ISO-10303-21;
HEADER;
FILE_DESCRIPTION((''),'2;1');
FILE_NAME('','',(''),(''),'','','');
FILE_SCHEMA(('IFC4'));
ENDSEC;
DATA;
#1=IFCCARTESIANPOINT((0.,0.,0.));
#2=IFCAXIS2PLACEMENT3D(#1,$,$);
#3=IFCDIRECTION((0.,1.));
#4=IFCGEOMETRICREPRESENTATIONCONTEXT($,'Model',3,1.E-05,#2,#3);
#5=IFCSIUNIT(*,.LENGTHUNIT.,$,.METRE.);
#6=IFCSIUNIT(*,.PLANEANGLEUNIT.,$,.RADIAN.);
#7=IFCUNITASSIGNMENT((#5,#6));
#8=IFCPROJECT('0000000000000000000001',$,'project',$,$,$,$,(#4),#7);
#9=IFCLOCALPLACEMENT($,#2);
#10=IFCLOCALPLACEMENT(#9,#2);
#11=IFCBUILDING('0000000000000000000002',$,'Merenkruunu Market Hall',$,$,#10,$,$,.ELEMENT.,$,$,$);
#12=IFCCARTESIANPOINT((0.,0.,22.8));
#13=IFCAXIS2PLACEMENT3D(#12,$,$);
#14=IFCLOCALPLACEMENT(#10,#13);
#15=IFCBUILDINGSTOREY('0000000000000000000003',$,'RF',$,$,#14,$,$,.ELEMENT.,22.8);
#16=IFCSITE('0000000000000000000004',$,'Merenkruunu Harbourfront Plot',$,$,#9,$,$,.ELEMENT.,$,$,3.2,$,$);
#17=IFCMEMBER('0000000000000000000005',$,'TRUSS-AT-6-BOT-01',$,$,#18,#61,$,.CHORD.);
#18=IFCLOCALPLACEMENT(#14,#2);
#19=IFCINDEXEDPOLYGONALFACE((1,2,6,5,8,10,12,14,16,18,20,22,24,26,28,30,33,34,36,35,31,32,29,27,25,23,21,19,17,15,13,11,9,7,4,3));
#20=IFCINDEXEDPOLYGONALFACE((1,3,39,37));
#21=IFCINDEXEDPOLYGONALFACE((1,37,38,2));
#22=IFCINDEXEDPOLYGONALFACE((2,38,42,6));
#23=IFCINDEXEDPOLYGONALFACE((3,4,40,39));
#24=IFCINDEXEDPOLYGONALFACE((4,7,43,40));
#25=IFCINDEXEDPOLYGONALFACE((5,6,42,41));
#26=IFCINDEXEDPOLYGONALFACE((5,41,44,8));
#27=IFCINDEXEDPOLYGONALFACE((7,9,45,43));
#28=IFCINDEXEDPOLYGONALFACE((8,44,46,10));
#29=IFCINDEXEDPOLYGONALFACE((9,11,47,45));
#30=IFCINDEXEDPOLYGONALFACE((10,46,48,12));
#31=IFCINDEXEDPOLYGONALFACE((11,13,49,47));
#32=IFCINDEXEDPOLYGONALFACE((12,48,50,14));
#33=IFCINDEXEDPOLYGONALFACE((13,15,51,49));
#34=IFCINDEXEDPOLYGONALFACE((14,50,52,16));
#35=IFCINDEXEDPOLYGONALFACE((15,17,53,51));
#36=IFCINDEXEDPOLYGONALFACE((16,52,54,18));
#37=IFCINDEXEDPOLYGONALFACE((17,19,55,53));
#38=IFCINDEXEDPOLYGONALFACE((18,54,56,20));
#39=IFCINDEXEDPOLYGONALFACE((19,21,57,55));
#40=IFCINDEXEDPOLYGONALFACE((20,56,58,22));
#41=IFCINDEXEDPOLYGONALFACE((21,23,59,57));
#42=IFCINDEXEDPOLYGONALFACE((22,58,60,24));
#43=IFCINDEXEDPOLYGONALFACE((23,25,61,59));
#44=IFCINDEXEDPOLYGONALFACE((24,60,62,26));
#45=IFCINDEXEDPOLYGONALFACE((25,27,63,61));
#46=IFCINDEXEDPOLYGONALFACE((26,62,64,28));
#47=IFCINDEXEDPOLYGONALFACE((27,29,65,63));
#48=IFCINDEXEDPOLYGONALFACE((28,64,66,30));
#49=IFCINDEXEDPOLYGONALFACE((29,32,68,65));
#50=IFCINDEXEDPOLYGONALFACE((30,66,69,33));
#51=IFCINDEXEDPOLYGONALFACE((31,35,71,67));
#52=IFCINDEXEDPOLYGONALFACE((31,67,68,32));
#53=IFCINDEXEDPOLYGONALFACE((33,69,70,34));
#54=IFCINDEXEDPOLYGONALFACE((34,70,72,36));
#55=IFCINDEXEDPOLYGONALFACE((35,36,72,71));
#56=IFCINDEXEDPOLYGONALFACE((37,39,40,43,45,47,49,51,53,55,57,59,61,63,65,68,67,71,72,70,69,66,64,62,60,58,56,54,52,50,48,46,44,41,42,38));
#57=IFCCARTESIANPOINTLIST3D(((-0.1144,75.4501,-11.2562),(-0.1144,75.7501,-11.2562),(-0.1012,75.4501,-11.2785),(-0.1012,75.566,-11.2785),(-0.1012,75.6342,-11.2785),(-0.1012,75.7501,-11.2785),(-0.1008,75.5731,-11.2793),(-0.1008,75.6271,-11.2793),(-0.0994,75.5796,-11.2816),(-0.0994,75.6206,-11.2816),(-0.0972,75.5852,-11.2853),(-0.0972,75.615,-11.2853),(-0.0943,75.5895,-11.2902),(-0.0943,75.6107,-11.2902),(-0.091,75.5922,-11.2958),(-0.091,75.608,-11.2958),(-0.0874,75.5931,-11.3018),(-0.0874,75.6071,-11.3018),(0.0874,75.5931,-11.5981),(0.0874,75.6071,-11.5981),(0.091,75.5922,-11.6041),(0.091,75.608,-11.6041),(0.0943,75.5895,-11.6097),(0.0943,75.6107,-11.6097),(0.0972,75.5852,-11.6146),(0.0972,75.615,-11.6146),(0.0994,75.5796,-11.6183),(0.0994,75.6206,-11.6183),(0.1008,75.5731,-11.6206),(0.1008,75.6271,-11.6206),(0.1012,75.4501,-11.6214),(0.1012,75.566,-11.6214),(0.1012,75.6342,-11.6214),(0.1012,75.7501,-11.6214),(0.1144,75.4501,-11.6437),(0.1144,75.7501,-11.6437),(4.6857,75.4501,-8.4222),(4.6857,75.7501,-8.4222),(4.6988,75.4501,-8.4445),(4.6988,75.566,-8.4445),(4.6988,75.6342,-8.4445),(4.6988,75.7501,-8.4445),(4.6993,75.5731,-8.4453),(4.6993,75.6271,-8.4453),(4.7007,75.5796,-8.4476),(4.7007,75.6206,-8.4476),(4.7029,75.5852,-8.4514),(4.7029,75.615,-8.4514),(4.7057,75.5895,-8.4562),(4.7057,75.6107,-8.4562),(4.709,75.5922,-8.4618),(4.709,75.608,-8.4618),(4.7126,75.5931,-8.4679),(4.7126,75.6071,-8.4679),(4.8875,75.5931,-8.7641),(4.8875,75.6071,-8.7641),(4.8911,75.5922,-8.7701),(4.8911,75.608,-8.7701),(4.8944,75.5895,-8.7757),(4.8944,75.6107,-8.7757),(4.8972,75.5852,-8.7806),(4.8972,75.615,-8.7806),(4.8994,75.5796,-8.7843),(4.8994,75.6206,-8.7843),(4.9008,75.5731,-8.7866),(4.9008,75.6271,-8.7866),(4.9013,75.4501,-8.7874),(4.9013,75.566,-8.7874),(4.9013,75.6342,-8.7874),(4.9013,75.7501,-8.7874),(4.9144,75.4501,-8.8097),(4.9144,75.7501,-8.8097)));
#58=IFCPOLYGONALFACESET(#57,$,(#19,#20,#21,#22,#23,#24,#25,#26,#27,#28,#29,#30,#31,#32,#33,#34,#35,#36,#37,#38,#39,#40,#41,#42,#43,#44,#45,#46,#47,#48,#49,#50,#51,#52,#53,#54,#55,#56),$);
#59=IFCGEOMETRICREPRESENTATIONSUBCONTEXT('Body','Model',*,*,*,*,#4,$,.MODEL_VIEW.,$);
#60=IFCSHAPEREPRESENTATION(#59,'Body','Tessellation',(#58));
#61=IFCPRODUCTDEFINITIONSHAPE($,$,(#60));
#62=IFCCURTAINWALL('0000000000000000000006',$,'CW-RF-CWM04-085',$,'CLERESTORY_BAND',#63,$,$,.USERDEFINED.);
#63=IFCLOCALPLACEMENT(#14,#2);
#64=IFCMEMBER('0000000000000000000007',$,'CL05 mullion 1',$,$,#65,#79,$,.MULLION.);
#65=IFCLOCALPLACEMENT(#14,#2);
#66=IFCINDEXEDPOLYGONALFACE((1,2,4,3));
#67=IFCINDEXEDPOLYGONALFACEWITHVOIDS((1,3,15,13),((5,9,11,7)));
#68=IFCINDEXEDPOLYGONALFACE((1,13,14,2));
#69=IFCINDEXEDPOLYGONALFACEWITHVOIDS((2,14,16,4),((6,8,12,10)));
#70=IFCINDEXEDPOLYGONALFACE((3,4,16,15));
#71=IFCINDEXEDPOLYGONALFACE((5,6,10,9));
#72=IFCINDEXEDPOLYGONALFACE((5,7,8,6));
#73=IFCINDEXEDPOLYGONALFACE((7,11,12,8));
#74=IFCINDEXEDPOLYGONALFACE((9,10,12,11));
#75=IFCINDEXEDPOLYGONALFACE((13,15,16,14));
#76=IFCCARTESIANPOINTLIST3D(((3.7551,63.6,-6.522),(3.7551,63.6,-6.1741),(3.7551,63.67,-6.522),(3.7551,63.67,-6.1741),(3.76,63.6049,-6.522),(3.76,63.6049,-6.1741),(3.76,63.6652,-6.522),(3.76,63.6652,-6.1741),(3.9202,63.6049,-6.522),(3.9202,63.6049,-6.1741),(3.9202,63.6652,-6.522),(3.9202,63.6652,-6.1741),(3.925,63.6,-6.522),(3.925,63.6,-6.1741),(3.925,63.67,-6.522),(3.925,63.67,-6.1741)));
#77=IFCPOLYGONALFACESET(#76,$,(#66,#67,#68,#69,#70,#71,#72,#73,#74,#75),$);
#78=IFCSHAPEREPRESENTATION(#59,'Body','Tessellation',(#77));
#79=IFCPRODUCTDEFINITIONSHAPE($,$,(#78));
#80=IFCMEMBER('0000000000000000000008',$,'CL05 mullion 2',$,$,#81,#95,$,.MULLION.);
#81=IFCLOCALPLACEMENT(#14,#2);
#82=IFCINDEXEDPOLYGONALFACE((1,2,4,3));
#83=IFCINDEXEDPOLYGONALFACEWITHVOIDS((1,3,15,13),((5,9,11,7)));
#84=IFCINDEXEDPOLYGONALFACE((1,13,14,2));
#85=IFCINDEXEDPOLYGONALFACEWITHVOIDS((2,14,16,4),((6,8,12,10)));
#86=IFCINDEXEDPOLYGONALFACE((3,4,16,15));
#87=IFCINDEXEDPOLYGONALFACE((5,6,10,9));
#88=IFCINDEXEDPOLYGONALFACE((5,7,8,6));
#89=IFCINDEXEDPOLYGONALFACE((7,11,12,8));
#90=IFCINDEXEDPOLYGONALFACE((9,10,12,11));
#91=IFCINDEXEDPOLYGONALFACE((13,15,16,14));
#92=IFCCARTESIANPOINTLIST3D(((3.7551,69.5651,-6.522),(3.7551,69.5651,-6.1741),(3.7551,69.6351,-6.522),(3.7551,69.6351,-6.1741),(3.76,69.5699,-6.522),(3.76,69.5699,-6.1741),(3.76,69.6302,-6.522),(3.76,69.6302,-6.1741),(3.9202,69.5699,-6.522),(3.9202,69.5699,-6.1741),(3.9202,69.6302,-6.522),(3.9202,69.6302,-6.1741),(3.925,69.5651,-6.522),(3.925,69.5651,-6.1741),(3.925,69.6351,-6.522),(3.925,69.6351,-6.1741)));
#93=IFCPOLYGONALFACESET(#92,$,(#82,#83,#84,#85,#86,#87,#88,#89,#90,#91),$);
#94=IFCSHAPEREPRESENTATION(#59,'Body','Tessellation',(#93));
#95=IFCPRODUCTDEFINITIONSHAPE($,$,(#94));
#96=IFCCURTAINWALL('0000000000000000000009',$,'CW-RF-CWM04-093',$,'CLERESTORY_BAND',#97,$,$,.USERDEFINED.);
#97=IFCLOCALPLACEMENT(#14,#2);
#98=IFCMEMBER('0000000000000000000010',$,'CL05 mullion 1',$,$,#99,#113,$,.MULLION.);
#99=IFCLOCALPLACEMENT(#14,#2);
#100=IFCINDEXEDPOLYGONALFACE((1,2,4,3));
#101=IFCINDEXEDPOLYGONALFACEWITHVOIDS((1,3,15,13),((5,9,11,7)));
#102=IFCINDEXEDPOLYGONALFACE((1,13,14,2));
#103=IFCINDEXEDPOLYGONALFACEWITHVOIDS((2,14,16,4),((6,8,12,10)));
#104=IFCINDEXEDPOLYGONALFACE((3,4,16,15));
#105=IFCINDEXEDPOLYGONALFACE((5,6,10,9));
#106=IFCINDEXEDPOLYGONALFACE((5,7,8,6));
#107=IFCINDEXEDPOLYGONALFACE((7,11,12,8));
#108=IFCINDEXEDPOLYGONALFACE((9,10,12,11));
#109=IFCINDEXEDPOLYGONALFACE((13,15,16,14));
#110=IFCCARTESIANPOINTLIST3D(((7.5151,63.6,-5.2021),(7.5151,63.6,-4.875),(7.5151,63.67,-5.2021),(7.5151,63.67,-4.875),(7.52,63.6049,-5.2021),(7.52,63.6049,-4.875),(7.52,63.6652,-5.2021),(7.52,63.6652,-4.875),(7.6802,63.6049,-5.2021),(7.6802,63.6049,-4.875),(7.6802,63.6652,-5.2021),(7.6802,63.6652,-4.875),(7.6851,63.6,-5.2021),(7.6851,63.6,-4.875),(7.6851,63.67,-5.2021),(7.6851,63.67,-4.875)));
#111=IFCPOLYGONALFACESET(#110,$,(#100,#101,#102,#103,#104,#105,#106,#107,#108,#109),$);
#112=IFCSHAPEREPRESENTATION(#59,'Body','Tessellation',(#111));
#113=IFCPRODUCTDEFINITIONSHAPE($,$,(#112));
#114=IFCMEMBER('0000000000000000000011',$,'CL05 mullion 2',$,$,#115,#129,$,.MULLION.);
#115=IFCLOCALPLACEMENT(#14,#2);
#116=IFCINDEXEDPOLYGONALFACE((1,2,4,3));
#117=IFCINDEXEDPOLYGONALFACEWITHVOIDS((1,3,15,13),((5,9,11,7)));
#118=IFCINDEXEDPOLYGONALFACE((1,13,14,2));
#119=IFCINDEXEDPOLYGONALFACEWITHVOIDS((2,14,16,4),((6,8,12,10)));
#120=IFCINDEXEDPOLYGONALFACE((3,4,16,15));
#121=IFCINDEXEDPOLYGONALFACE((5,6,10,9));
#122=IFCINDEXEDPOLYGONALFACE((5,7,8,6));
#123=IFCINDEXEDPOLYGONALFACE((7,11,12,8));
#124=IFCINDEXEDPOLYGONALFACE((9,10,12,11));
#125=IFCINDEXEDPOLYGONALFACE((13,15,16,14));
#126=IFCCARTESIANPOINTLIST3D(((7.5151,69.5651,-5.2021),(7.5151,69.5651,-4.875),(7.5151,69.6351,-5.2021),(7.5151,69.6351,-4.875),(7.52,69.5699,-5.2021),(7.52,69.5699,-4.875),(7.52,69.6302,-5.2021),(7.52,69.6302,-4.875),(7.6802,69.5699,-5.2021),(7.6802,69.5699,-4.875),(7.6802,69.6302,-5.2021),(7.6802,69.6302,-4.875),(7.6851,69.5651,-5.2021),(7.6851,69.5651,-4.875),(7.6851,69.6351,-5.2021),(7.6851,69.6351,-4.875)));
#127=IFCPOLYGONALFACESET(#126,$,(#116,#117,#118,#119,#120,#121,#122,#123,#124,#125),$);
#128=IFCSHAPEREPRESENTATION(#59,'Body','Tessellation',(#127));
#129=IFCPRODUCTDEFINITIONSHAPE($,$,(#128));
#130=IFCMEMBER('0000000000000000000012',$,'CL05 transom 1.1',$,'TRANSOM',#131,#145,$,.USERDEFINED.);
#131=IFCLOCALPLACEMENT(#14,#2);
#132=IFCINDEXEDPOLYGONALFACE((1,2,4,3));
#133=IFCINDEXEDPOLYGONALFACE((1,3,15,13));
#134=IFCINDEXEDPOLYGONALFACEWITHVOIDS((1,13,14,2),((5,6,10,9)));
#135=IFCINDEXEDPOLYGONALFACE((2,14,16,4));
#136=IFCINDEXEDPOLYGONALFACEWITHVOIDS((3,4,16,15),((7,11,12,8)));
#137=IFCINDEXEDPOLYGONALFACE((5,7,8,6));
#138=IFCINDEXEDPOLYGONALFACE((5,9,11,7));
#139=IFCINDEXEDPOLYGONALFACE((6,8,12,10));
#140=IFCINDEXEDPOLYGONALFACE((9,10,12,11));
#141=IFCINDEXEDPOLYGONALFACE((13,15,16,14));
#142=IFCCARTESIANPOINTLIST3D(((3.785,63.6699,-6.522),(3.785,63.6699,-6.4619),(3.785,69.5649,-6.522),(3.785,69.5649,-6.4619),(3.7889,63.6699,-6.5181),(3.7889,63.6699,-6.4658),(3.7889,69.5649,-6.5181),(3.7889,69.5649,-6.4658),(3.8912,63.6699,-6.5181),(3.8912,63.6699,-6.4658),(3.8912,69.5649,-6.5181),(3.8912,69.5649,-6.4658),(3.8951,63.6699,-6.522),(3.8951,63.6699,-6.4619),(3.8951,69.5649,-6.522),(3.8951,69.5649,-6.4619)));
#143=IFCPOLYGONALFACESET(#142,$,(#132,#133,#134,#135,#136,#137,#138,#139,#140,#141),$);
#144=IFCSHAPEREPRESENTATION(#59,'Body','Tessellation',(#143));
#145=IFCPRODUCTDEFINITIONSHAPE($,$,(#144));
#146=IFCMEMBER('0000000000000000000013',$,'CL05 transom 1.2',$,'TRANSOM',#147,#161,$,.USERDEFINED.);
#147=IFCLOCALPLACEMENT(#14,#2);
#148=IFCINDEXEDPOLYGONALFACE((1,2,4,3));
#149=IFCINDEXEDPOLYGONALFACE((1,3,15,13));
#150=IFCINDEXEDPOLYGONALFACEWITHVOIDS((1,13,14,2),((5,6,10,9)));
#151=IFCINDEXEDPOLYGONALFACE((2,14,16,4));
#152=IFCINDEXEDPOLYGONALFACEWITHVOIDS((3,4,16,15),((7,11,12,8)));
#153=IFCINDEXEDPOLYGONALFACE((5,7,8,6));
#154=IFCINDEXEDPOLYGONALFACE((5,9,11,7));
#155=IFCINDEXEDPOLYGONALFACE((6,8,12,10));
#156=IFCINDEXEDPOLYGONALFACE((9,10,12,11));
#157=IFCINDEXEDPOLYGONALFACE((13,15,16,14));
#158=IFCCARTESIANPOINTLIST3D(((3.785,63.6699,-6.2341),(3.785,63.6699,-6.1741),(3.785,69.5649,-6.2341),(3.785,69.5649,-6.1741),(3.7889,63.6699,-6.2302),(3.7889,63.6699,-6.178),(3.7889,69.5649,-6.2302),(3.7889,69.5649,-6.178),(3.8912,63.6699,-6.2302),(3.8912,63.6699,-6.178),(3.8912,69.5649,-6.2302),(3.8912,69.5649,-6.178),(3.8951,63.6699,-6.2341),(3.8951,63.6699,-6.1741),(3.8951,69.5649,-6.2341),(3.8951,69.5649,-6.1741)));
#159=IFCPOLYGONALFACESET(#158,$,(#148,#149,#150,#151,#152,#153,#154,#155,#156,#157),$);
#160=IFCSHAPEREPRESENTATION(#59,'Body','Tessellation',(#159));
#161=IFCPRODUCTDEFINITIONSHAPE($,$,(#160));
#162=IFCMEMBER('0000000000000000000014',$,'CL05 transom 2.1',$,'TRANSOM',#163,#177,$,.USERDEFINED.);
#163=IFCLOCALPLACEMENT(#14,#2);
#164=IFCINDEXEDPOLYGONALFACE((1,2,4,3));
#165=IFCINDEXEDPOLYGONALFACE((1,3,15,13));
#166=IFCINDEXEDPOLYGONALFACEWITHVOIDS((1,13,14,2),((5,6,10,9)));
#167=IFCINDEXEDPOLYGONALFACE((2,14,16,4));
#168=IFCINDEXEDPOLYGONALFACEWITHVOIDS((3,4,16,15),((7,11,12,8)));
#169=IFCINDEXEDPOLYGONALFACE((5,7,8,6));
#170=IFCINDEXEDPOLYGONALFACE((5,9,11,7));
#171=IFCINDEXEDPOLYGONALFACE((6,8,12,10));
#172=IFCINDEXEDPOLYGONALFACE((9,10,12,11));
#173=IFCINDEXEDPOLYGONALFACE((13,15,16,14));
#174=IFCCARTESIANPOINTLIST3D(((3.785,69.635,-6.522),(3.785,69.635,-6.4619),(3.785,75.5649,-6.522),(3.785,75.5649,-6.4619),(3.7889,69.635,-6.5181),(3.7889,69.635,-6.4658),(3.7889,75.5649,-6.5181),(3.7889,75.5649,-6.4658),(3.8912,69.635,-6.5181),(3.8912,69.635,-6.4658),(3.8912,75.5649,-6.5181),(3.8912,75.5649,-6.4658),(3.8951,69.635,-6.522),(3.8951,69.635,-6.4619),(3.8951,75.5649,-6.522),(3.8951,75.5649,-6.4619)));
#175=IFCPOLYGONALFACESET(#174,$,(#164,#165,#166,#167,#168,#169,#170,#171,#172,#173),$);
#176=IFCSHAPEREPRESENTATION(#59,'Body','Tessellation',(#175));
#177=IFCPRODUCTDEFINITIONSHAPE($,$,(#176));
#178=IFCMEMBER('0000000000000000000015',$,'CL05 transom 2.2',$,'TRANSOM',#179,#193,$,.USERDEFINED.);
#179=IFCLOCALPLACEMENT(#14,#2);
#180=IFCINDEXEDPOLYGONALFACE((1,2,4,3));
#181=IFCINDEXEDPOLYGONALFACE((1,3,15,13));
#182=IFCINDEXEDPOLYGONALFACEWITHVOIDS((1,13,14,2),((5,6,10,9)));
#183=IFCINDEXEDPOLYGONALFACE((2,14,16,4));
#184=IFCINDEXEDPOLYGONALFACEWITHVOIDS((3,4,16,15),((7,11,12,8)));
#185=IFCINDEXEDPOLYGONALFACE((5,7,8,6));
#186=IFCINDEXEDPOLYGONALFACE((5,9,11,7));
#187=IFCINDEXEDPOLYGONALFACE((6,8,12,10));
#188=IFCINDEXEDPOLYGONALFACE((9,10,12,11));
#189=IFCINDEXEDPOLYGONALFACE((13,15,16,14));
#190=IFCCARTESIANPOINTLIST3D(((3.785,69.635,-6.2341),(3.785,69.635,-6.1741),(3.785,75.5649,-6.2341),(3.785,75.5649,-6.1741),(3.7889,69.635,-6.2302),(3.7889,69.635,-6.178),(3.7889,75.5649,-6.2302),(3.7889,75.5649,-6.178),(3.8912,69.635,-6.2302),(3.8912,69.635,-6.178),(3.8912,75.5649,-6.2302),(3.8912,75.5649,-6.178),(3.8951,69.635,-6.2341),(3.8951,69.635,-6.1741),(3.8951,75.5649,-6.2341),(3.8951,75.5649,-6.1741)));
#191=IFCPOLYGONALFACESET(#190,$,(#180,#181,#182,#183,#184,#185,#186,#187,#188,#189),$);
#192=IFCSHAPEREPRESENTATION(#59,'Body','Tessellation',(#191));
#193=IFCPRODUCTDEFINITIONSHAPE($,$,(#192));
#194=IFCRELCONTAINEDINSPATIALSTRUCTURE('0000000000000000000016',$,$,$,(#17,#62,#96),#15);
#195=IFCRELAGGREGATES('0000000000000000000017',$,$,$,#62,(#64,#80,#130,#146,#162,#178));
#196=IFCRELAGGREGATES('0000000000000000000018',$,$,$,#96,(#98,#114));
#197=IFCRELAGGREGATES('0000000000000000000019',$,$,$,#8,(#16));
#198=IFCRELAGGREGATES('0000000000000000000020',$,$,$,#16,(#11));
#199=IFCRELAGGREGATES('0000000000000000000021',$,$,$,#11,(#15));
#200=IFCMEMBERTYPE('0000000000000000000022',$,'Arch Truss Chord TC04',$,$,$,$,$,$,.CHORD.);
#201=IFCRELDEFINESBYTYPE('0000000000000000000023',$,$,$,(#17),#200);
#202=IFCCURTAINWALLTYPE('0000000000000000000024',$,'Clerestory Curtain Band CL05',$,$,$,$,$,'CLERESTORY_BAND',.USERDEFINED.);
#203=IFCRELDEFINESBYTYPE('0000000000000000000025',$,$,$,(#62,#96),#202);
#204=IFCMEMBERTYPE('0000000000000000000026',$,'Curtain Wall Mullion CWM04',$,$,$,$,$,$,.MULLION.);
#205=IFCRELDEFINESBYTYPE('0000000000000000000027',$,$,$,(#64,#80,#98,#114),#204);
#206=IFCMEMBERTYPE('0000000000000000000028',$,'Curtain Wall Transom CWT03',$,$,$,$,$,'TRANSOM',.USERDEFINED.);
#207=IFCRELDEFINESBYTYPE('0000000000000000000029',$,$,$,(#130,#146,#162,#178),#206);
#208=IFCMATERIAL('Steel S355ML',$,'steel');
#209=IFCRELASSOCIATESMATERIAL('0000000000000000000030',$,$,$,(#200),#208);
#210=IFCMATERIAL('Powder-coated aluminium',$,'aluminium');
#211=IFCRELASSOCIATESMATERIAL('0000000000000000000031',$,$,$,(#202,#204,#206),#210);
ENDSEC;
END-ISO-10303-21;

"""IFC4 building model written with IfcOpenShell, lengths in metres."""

from ifc_helpers import new_model, si_unit, direction, frame, origin, origin_2d, place, context, subcontext, project, spatial, hollow_rectangle, i_section, extrude, material, material_profile, profile_set, type_object, element, aggregate, save


model = new_model("IFC4")

# Units and contexts
model_context = context("Model", 3, precision=1e-05, world=origin(), true_north=direction((0.0, 1.0)))
body_context = subcontext(model_context, "Body", "Model", "MODEL_VIEW")
ifc_project = project(units=[si_unit("LENGTHUNIT", "METRE"), si_unit("PLANEANGLEUNIT", "RADIAN")], contexts=[model_context])

# Site, building, storey
site_placement = place(None, origin())
site = spatial("IfcSite", under=ifc_project, at=site_placement, Name="Merenkruunu Harbourfront Plot", CompositionType="ELEMENT", RefElevation=3.2)
building_placement = place(site_placement, origin())
building = spatial("IfcBuilding", under=site, at=building_placement, Name="Merenkruunu Market Hall", CompositionType="ELEMENT")
storey_placement = place(building_placement, frame((0.0, 0.0, 22.8)))
storey = spatial("IfcBuildingStorey", under=building, at=storey_placement, Name="RF", CompositionType="ELEMENT", Elevation=22.8)

# Member
ifc_material_1 = material(Name="Steel S355ML", Category="steel")
ifc_material_profile_1 = material_profile(ifc_material_1, i_section(OverallWidth=0.3, OverallDepth=0.45, WebThickness=0.0139, FlangeThickness=0.0259, FilletRadius=0.0271, at=origin_2d()), Name="HEB 450")
ifc_profile_set_1 = profile_set([ifc_material_profile_1], Name="Steel S355ML")
member_type_1 = type_object("IfcMemberType", Name="Arch Truss Chord TC04", PredefinedType="CHORD", material=ifc_profile_set_1)
member_1_placement = place(storey_placement, frame((0.0, 75.6001, -11.45), z_axis=(0.861116, 0.0, 0.508409), x_axis=(0.0, 1.0, 0.0)))
element("IfcMember", 1, at=member_1_placement, inside=storey, type_object=member_type_1, Name="TRUSS-AT-6-BOT-01", PredefinedType="CHORD", context=body_context, shape_type="SweptSolid", body=[
    extrude(i_section(OverallWidth=0.3, OverallDepth=0.45, WebThickness=0.0139, FlangeThickness=0.0259, FilletRadius=0.0271, at=origin_2d()), origin(), (0.0, 0.0, 1.0), 5.5742),
])

# Curtain walls, members
ifc_material_2 = material(Name="Powder-coated aluminium", Category="aluminium")
curtain_wall_type = type_object("IfcCurtainWallType", Name="Clerestory Curtain Band CL05", ElementType="CLERESTORY_BAND", PredefinedType="USERDEFINED", material=ifc_material_2)
curtain_wall_1_placement = place(storey_placement, origin())
curtain_wall_1 = element("IfcCurtainWall", 2, at=curtain_wall_1_placement, inside=storey, type_object=curtain_wall_type, Name="CW-RF-CWM04-085", ObjectType="CLERESTORY_BAND", PredefinedType="USERDEFINED")
ifc_material_profile_2 = material_profile(ifc_material_2, hollow_rectangle(XDim=0.0701, YDim=0.1699, WallThickness=0.0049, at=origin_2d()), Name="ALU 70x170x5")
ifc_profile_set_2 = profile_set([ifc_material_profile_2], Name="Powder-coated aluminium")
member_type_2 = type_object("IfcMemberType", Name="Curtain Wall Mullion CWM04", PredefinedType="MULLION", material=ifc_profile_set_2)
member_2_placement = place(storey_placement, frame((3.8401, 63.635, -6.522), z_axis=(0.0, 0.0, 1.0), x_axis=(0.0, 1.0, 0.0)))
member_2 = element("IfcMember", 3, at=member_2_placement, type_object=member_type_2, Name="CL05 mullion 1", PredefinedType="MULLION", context=body_context, shape_type="SweptSolid", body=[
    extrude(hollow_rectangle(XDim=0.0701, YDim=0.1699, WallThickness=0.0049, at=origin_2d()), origin(), (0.0, 0.0, 1.0), 0.3479),
])
member_3_placement = place(storey_placement, frame((3.8401, 69.6001, -6.522), z_axis=(0.0, 0.0, 1.0), x_axis=(0.0, 1.0, 0.0)))
member_3 = element("IfcMember", 4, at=member_3_placement, type_object=member_type_2, Name="CL05 mullion 2", PredefinedType="MULLION", context=body_context, shape_type="SweptSolid", body=[
    extrude(hollow_rectangle(XDim=0.0701, YDim=0.1699, WallThickness=0.0049, at=origin_2d()), origin(), (0.0, 0.0, 1.0), 0.3479),
])
curtain_wall_2_placement = place(storey_placement, origin())
curtain_wall_2 = element("IfcCurtainWall", 5, at=curtain_wall_2_placement, inside=storey, type_object=curtain_wall_type, Name="CW-RF-CWM04-093", ObjectType="CLERESTORY_BAND", PredefinedType="USERDEFINED")
member_4_placement = place(storey_placement, frame((7.6001, 63.635, -5.2021), z_axis=(0.0, 0.0, 1.0), x_axis=(0.0, 1.0, 0.0)))
member_4 = element("IfcMember", 6, at=member_4_placement, type_object=member_type_2, Name="CL05 mullion 1", PredefinedType="MULLION", context=body_context, shape_type="SweptSolid", body=[
    extrude(hollow_rectangle(XDim=0.0701, YDim=0.1699, WallThickness=0.0049, at=origin_2d()), origin(), (0.0, 0.0, 1.0), 0.3271),
])
member_5_placement = place(storey_placement, frame((7.6001, 69.6001, -5.2021), z_axis=(0.0, 0.0, 1.0), x_axis=(0.0, 1.0, 0.0)))
member_5 = element("IfcMember", 7, at=member_5_placement, type_object=member_type_2, Name="CL05 mullion 2", PredefinedType="MULLION", context=body_context, shape_type="SweptSolid", body=[
    extrude(hollow_rectangle(XDim=0.0701, YDim=0.1699, WallThickness=0.0049, at=origin_2d()), origin(), (0.0, 0.0, 1.0), 0.3271),
])

# Members
ifc_material_profile_3 = material_profile(ifc_material_2, hollow_rectangle(XDim=0.0601, YDim=0.1101, WallThickness=0.0039, at=origin_2d()), Name="ALU 60x110x4")
ifc_profile_set_3 = profile_set([ifc_material_profile_3], Name="Powder-coated aluminium")
member_type_3 = type_object("IfcMemberType", Name="Curtain Wall Transom CWT03", ElementType="TRANSOM", PredefinedType="USERDEFINED", material=ifc_profile_set_3)
member_6_placement = place(storey_placement, frame((3.8401, 63.6699, -6.4919), z_axis=(0.0, 1.0, 0.0), x_axis=(0.0, 0.0, 1.0)))
member_6 = element("IfcMember", 8, at=member_6_placement, type_object=member_type_3, Name="CL05 transom 1.1", ObjectType="TRANSOM", PredefinedType="USERDEFINED", context=body_context, shape_type="SweptSolid", body=[
    extrude(hollow_rectangle(XDim=0.0601, YDim=0.1101, WallThickness=0.0039, at=origin_2d()), origin(), (0.0, 0.0, 1.0), 5.895),
])
member_7_placement = place(storey_placement, frame((3.8401, 63.6699, -6.2041), z_axis=(0.0, 1.0, 0.0), x_axis=(0.0, 0.0, 1.0)))
member_7 = element("IfcMember", 9, at=member_7_placement, type_object=member_type_3, Name="CL05 transom 1.2", ObjectType="TRANSOM", PredefinedType="USERDEFINED", context=body_context, shape_type="SweptSolid", body=[
    extrude(hollow_rectangle(XDim=0.0601, YDim=0.1101, WallThickness=0.0039, at=origin_2d()), origin(), (0.0, 0.0, 1.0), 5.895),
])
member_8_placement = place(storey_placement, frame((3.8401, 69.635, -6.4919), z_axis=(0.0, 1.0, 0.0), x_axis=(0.0, 0.0, 1.0)))
member_8 = element("IfcMember", 10, at=member_8_placement, type_object=member_type_3, Name="CL05 transom 2.1", ObjectType="TRANSOM", PredefinedType="USERDEFINED", context=body_context, shape_type="SweptSolid", body=[
    extrude(hollow_rectangle(XDim=0.0601, YDim=0.1101, WallThickness=0.0039, at=origin_2d()), origin(), (0.0, 0.0, 1.0), 5.9299),
])
member_9_placement = place(storey_placement, frame((3.8401, 69.635, -6.2041), z_axis=(0.0, 1.0, 0.0), x_axis=(0.0, 0.0, 1.0)))
member_9 = element("IfcMember", 11, at=member_9_placement, type_object=member_type_3, Name="CL05 transom 2.2", ObjectType="TRANSOM", PredefinedType="USERDEFINED", context=body_context, shape_type="SweptSolid", body=[
    extrude(hollow_rectangle(XDim=0.0601, YDim=0.1101, WallThickness=0.0039, at=origin_2d()), origin(), (0.0, 0.0, 1.0), 5.9299),
])

aggregate(curtain_wall_1, [member_2, member_3, member_6, member_7, member_8, member_9])
aggregate(curtain_wall_2, [member_4, member_5])

save(model, "model.ifc")
